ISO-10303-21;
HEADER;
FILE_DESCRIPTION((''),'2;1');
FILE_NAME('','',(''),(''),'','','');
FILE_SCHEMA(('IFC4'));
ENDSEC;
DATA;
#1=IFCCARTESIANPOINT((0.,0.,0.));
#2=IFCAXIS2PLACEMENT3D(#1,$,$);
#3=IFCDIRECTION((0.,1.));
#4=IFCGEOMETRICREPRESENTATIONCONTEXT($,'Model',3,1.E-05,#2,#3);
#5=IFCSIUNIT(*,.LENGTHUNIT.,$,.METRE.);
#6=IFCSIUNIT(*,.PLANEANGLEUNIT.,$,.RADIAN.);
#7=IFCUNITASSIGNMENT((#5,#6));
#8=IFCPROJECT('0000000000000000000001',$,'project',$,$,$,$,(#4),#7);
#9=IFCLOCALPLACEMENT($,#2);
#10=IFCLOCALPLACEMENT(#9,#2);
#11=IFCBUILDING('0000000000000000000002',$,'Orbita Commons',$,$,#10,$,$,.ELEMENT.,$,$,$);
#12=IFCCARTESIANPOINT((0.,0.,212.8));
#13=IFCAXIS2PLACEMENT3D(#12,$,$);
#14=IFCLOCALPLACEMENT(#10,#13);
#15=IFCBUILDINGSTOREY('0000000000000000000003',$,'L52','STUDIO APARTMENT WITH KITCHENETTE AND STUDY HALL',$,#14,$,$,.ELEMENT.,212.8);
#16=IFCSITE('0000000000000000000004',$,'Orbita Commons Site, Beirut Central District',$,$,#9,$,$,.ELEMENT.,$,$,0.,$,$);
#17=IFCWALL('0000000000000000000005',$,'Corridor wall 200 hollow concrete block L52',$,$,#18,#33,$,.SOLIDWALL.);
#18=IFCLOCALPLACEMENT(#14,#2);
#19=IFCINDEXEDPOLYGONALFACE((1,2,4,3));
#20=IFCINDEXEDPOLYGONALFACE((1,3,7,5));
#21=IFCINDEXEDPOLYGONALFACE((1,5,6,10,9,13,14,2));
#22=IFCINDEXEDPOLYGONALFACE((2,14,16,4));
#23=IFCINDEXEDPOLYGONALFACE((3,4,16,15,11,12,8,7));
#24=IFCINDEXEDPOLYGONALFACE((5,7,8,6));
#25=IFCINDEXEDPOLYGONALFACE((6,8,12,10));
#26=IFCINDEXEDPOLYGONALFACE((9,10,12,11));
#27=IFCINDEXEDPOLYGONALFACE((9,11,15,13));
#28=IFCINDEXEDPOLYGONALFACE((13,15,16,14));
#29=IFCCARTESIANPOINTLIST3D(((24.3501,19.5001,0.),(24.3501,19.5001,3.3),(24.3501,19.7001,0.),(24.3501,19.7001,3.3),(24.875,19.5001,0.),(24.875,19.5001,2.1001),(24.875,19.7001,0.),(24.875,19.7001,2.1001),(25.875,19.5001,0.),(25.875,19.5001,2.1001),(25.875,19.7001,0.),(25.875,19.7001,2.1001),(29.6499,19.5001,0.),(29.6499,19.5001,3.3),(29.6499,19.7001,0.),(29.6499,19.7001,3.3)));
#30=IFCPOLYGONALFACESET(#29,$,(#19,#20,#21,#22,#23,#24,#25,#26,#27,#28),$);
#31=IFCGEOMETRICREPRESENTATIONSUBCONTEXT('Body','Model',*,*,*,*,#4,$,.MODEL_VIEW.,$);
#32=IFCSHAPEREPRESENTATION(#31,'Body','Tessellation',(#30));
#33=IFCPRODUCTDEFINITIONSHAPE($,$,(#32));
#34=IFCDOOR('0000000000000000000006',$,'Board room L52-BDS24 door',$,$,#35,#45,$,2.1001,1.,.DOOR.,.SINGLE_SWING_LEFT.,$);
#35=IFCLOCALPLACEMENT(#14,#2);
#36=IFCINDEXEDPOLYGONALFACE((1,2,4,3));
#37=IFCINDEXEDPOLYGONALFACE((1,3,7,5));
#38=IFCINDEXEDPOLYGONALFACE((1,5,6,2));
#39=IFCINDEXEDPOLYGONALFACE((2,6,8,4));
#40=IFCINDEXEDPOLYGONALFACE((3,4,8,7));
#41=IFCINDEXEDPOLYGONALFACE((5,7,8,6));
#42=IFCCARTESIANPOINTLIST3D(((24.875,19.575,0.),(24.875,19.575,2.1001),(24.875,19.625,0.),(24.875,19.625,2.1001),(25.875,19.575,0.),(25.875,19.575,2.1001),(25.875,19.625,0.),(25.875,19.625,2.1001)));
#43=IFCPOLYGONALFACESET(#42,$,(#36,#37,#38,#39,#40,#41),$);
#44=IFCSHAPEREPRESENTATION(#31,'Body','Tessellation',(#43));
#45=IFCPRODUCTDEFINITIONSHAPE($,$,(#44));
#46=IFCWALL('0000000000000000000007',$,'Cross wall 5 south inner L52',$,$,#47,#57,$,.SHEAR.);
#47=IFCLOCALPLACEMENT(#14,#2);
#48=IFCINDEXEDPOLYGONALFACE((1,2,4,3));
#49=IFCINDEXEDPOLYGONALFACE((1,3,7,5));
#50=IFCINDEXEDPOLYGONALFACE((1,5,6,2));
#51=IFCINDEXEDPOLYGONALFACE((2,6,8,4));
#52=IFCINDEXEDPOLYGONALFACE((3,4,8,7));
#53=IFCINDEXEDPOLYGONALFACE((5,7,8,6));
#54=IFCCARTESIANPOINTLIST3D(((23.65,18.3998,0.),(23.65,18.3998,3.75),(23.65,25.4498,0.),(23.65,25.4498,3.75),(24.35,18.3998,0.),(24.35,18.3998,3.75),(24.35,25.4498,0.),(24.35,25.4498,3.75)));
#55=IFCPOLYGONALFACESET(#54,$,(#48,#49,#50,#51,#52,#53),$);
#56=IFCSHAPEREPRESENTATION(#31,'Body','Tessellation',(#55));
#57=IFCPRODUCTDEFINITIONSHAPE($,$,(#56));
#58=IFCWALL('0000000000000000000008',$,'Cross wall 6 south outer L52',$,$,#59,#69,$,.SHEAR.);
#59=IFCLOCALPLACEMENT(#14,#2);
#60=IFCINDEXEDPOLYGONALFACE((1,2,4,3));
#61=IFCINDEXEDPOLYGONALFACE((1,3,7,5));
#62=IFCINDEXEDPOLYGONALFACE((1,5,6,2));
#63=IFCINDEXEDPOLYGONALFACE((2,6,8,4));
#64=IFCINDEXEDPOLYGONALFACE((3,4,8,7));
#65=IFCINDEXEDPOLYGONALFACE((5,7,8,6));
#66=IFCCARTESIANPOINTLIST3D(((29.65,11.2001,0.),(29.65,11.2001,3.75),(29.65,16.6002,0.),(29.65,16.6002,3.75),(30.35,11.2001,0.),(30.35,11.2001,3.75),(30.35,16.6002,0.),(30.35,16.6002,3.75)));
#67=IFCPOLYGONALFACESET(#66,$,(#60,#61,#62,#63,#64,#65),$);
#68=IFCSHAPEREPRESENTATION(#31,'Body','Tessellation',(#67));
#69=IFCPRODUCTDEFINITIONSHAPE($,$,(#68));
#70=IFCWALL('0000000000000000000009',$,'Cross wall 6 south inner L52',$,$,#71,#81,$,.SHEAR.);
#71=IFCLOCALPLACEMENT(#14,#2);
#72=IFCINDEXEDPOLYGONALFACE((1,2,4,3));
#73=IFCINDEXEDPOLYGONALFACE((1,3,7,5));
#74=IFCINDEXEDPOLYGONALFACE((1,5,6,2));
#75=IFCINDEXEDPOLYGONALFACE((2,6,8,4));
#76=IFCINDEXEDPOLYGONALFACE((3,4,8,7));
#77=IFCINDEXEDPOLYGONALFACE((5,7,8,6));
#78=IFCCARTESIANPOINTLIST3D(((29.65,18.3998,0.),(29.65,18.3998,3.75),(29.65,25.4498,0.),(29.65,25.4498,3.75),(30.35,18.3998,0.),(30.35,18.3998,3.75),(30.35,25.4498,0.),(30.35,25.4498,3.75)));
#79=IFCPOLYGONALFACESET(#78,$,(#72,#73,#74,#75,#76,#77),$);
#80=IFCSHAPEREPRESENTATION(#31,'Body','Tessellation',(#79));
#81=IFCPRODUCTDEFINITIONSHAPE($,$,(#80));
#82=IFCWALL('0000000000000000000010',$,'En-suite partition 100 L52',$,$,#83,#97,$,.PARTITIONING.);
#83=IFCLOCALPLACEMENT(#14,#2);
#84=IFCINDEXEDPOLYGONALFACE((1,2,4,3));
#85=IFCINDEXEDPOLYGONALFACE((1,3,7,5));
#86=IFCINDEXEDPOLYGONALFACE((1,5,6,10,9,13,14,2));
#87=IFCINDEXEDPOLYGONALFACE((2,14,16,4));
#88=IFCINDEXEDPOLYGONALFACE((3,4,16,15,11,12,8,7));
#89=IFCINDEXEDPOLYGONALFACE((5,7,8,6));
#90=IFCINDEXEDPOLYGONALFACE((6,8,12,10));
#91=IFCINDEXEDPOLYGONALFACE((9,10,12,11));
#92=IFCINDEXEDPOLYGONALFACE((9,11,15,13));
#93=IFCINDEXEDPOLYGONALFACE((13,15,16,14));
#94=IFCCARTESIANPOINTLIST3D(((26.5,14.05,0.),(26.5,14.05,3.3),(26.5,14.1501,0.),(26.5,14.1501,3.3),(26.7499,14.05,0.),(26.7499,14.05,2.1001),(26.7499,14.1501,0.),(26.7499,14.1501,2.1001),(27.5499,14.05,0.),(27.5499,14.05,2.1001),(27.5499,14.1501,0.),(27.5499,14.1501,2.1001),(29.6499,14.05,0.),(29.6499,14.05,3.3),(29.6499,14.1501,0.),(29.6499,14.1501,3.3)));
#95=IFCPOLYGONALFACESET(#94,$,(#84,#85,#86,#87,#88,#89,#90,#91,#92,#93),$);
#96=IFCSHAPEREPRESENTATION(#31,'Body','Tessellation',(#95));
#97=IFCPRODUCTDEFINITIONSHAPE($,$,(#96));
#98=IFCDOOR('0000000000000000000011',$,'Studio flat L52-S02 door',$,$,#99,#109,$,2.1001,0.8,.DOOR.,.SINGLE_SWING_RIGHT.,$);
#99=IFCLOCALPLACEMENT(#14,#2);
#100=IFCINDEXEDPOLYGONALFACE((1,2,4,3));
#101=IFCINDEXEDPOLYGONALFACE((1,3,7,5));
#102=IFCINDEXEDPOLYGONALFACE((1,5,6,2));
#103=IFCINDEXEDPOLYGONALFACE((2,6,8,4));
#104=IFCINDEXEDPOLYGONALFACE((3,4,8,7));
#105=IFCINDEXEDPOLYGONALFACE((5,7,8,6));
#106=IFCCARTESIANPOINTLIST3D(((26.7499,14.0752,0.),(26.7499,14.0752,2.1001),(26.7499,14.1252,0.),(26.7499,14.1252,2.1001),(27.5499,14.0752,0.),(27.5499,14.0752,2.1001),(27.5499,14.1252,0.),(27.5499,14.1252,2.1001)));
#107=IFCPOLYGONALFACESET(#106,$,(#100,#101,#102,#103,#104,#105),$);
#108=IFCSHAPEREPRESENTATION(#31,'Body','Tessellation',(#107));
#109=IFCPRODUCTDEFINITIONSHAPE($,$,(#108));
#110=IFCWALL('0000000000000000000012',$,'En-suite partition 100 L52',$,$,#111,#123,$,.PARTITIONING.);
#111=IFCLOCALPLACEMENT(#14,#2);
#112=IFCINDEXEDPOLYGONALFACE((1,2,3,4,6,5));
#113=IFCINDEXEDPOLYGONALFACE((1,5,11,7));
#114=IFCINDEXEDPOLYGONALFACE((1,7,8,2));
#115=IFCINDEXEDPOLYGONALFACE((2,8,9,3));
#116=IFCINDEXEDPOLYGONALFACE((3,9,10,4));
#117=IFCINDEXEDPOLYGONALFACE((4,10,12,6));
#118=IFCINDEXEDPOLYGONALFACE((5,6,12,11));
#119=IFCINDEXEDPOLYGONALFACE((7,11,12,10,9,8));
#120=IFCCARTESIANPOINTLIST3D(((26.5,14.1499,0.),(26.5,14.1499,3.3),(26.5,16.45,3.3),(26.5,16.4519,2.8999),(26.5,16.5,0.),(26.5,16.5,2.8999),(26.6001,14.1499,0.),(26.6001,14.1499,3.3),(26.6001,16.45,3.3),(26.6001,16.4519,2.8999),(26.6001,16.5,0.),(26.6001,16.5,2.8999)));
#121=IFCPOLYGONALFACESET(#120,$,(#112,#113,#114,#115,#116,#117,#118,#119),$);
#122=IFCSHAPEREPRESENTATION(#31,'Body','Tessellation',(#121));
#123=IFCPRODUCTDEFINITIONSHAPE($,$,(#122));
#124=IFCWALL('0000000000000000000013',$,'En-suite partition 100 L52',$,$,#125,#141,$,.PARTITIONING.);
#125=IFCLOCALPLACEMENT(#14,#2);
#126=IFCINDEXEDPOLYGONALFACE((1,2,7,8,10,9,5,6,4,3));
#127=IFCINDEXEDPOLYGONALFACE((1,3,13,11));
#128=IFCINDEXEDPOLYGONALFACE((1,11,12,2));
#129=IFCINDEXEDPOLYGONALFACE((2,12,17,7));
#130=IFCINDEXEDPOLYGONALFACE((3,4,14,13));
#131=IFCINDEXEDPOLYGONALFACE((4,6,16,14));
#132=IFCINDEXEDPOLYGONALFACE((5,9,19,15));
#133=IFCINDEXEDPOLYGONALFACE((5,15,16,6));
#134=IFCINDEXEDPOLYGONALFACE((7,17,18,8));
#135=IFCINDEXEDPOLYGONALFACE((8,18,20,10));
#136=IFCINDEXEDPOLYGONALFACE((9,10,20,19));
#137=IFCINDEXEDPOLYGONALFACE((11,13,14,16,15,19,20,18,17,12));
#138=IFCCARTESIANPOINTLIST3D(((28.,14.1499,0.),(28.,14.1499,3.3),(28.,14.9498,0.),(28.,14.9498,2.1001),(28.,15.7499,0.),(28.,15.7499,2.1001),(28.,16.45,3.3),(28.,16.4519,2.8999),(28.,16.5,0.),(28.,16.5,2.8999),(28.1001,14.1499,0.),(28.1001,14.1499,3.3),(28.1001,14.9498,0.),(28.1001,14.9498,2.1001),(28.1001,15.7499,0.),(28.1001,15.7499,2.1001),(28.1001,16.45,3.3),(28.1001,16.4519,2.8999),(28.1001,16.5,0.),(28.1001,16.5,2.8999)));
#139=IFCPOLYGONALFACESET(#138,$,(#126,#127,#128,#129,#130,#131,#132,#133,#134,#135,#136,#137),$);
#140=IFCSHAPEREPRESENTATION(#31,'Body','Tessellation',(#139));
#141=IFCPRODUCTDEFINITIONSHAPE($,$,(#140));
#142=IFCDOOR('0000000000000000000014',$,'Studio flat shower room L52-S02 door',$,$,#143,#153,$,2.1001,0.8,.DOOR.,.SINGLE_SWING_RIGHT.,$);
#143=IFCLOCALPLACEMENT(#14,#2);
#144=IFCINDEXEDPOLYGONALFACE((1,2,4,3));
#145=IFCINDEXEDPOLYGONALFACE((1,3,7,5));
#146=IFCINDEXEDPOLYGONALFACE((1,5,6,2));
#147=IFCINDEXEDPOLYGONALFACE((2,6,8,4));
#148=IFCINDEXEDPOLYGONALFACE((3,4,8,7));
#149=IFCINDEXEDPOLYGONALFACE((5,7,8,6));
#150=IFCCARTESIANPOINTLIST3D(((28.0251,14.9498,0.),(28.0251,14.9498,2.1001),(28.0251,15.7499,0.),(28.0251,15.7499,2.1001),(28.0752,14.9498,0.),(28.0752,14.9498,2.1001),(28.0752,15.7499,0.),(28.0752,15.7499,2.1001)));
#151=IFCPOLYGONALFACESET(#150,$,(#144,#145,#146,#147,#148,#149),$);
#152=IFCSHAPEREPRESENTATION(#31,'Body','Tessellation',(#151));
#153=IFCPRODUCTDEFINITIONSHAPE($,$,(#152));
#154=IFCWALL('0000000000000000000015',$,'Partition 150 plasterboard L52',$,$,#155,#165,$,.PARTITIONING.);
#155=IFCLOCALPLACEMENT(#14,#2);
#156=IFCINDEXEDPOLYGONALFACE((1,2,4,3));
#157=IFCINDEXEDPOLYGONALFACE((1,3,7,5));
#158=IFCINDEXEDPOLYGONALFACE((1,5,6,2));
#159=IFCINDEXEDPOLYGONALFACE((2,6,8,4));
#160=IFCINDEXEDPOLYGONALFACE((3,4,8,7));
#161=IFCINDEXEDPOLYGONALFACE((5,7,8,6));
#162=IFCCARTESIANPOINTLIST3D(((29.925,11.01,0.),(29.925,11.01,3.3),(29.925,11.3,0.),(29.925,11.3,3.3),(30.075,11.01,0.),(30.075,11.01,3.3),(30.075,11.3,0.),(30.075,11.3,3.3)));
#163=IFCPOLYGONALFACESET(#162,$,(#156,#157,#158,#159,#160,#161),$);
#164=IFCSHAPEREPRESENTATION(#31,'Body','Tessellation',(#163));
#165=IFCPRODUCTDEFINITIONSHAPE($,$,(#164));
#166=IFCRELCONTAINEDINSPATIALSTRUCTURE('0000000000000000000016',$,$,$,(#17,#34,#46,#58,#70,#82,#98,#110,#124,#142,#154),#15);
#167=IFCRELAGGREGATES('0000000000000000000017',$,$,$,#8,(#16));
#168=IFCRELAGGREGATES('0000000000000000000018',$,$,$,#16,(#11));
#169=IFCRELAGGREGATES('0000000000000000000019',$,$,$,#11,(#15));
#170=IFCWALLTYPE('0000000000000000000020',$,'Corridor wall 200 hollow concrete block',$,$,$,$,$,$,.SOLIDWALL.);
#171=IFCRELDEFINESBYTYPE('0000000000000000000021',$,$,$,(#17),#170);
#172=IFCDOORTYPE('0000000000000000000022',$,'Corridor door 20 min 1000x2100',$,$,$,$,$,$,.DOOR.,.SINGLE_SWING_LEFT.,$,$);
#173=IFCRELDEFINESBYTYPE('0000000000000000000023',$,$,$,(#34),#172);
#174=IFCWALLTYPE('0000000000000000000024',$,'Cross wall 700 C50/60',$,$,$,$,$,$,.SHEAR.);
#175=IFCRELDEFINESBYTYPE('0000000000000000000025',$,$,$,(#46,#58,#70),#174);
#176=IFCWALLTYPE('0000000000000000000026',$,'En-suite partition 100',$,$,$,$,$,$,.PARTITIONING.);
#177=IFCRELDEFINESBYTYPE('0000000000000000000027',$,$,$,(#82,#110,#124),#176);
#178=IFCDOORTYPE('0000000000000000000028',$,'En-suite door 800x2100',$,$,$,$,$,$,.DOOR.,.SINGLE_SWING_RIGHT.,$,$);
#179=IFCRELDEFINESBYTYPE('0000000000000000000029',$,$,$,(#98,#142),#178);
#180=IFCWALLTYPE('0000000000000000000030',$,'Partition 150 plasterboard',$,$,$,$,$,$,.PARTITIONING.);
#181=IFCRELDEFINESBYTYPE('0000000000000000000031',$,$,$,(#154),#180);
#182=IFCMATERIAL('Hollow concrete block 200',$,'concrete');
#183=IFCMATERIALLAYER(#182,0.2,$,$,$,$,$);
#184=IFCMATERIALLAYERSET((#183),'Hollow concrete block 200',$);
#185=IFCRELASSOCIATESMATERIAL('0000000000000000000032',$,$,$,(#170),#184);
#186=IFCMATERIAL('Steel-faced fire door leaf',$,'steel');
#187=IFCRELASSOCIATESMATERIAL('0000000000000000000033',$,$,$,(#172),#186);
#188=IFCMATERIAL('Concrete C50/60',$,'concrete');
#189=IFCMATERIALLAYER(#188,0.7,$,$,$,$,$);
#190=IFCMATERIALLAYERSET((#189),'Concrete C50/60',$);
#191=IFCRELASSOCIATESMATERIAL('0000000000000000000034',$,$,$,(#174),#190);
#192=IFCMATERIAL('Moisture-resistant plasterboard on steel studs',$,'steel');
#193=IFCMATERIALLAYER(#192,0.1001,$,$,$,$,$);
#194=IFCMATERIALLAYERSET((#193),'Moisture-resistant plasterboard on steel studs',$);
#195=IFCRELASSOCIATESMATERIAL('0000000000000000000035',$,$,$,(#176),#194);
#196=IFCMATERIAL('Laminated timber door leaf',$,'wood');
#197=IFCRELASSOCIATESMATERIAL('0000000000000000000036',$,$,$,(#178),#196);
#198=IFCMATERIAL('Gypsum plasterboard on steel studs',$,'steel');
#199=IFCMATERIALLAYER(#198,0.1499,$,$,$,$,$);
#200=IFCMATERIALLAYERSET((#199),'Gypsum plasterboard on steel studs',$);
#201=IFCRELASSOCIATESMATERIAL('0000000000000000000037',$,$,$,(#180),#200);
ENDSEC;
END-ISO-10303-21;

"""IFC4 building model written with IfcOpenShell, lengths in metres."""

from ifc_helpers import new_model, si_unit, direction, frame, frame_2d, origin, place, context, subcontext, project, spatial, polyline, rectangle, outline, extrude, material, layer, layer_set, type_object, element, fill, save


model = new_model("IFC4")

# Units and contexts
model_context = context("Model", 3, precision=1e-05, world=origin(), true_north=direction((0.0, 1.0)))
body_context = subcontext(model_context, "Body", "Model", "MODEL_VIEW")
ifc_project = project(units=[si_unit("LENGTHUNIT", "METRE"), si_unit("PLANEANGLEUNIT", "RADIAN")], contexts=[model_context])

# Site, building, storey
site_placement = place(None, origin())
site = spatial("IfcSite", under=ifc_project, at=site_placement, Name="Orbita Commons Site, Beirut Central District", CompositionType="ELEMENT", RefElevation=0.0)
building_placement = place(site_placement, origin())
building = spatial("IfcBuilding", under=site, at=building_placement, Name="Orbita Commons", CompositionType="ELEMENT")
storey_placement = place(building_placement, frame((0.0, 0.0, 212.8)))
storey = spatial("IfcBuildingStorey", under=building, at=storey_placement, Name="L52", Description="STUDIO APARTMENT WITH KITCHENETTE AND STUDY HALL", CompositionType="ELEMENT", Elevation=212.8)

# Wall, opening, door
ifc_material_1 = material(Name="Hollow concrete block 200", Category="concrete")
ifc_layer_1 = layer(ifc_material_1, 0.2)
ifc_layer_set_1 = layer_set([ifc_layer_1], Name="Hollow concrete block 200")
wall_type_1 = type_object("IfcWallType", Name="Corridor wall 200 hollow concrete block", PredefinedType="SOLIDWALL", material=ifc_layer_set_1)
ifc_material_2 = material(Name="Steel-faced fire door leaf", Category="steel")
door_type_1 = type_object("IfcDoorType", Name="Corridor door 20 min 1000x2100", OperationType="SINGLE_SWING_LEFT", PredefinedType="DOOR", material=ifc_material_2)
wall_1_placement = place(storey_placement, frame((24.3501, 19.6001, 0.0), z_axis=(0.0, 0.0, 1.0), x_axis=(1.0, 0.0, 0.0)))
wall_1 = element("IfcWall", 1, at=wall_1_placement, inside=storey, type_object=wall_type_1, Name="Corridor wall 200 hollow concrete block L52", PredefinedType="SOLIDWALL", context=body_context, shape_type="SweptSolid", body=[
    extrude(rectangle(XDim=5.2998, YDim=0.2, at=frame_2d((2.6499, 0.0))), origin(), (0.0, 0.0, 1.0), 3.3),
])
opening_1_placement = place(wall_1_placement, frame((0.5249, 0.0, 0.0)))
opening_1 = element("IfcOpeningElement", 2, at=opening_1_placement, cuts=wall_1, PredefinedType="OPENING", context=body_context, shape_type="SweptSolid", body=[
    extrude(rectangle(XDim=1.0, YDim=2.1001, at=frame_2d((0.5, 1.05))), frame((0.0, 0.1099, 0.0), z_axis=(0.0, -1.0, 0.0), x_axis=(1.0, 0.0, 0.0)), (0.0, 0.0, 1.0), 0.22),
])
door_1_placement = place(opening_1_placement, origin())
door_1 = element("IfcDoor", 3, at=door_1_placement, inside=storey, type_object=door_type_1, Name="Board room L52-BDS24 door", OperationType="SINGLE_SWING_LEFT", OverallHeight=2.1001, OverallWidth=1.0, PredefinedType="DOOR", context=body_context, shape_type="SweptSolid", body=[
    extrude(rectangle(XDim=1.0, YDim=2.1001, at=frame_2d((0.5, 1.05))), frame((0.0, 0.0249, 0.0), z_axis=(0.0, -1.0, 0.0), x_axis=(1.0, 0.0, 0.0)), (0.0, 0.0, 1.0), 0.05),
])
fill(opening_1, door_1)

# Walls
ifc_material_3 = material(Name="Concrete C50/60", Category="concrete")
ifc_layer_2 = layer(ifc_material_3, 0.7)
ifc_layer_set_2 = layer_set([ifc_layer_2], Name="Concrete C50/60")
wall_type_2 = type_object("IfcWallType", Name="Cross wall 700 C50/60", PredefinedType="SHEAR", material=ifc_layer_set_2)
wall_2_placement = place(storey_placement, frame((24.0, 18.3999, 0.0), z_axis=(0.0, 0.0, 1.0), x_axis=(0.0, 1.0, 0.0)))
element("IfcWall", 4, at=wall_2_placement, inside=storey, type_object=wall_type_2, Name="Cross wall 5 south inner L52", PredefinedType="SHEAR", context=body_context, shape_type="SweptSolid", body=[
    extrude(rectangle(XDim=7.05, YDim=0.7, at=frame_2d((3.5249, 0.0))), origin(), (0.0, 0.0, 1.0), 3.75),
])
wall_3_placement = place(storey_placement, frame((30.0, 11.2, 0.0), z_axis=(0.0, 0.0, 1.0), x_axis=(0.0, 1.0, 0.0)))
element("IfcWall", 5, at=wall_3_placement, inside=storey, type_object=wall_type_2, Name="Cross wall 6 south outer L52", PredefinedType="SHEAR", context=body_context, shape_type="SweptSolid", body=[
    extrude(rectangle(XDim=5.4001, YDim=0.7, at=frame_2d((2.7002, 0.0))), origin(), (0.0, 0.0, 1.0), 3.75),
])
wall_4_placement = place(storey_placement, frame((30.0, 18.3999, 0.0), z_axis=(0.0, 0.0, 1.0), x_axis=(0.0, 1.0, 0.0)))
element("IfcWall", 6, at=wall_4_placement, inside=storey, type_object=wall_type_2, Name="Cross wall 6 south inner L52", PredefinedType="SHEAR", context=body_context, shape_type="SweptSolid", body=[
    extrude(rectangle(XDim=7.05, YDim=0.7, at=frame_2d((3.5249, 0.0))), origin(), (0.0, 0.0, 1.0), 3.75),
])

# Wall, opening, door
ifc_material_4 = material(Name="Moisture-resistant plasterboard on steel studs", Category="steel")
ifc_layer_3 = layer(ifc_material_4, 0.1001)
ifc_layer_set_3 = layer_set([ifc_layer_3], Name="Moisture-resistant plasterboard on steel studs")
wall_type_3 = type_object("IfcWallType", Name="En-suite partition 100", PredefinedType="PARTITIONING", material=ifc_layer_set_3)
wall_5_placement = place(storey_placement, frame((29.6499, 14.1001, 0.0), z_axis=(0.0, 0.0, 1.0), x_axis=(-1.0, 0.0, 0.0)))
wall_5 = element("IfcWall", 7, at=wall_5_placement, inside=storey, type_object=wall_type_3, Name="En-suite partition 100 L52", PredefinedType="PARTITIONING", context=body_context, shape_type="SweptSolid", body=[
    extrude(rectangle(XDim=3.1499, YDim=0.1001, at=frame_2d((1.575, 0.0))), origin(), (0.0, 0.0, 1.0), 3.3),
])
opening_2_placement = place(wall_5_placement, frame((2.1001, 0.0, 0.0)))
opening_2 = element("IfcOpeningElement", 8, at=opening_2_placement, cuts=wall_5, PredefinedType="OPENING", context=body_context, shape_type="SweptSolid", body=[
    extrude(rectangle(XDim=0.8, YDim=2.1001, at=frame_2d((0.3999, 1.05))), frame((0.0, 0.0601, 0.0), z_axis=(0.0, -1.0, 0.0), x_axis=(1.0, 0.0, 0.0)), (0.0, 0.0, 1.0), 0.1201),
])
ifc_material_5 = material(Name="Laminated timber door leaf", Category="wood")
door_type_2 = type_object("IfcDoorType", Name="En-suite door 800x2100", OperationType="SINGLE_SWING_RIGHT", PredefinedType="DOOR", material=ifc_material_5)
door_2_placement = place(opening_2_placement, origin())
door_2 = element("IfcDoor", 9, at=door_2_placement, inside=storey, type_object=door_type_2, Name="Studio flat L52-S02 door", OperationType="SINGLE_SWING_RIGHT", OverallHeight=2.1001, OverallWidth=0.8, PredefinedType="DOOR", context=body_context, shape_type="SweptSolid", body=[
    extrude(rectangle(XDim=0.8, YDim=2.1001, at=frame_2d((0.3999, 1.05))), frame((0.0, 0.0249, 0.0), z_axis=(0.0, -1.0, 0.0), x_axis=(1.0, 0.0, 0.0)), (0.0, 0.0, 1.0), 0.05),
])
fill(opening_2, door_2)

# Wall
wall_6_placement = place(storey_placement, frame((26.55, 14.1499, 0.0), z_axis=(0.0, 0.0, 1.0), x_axis=(0.0, 1.0, 0.0)))
element("IfcWall", 10, at=wall_6_placement, inside=storey, type_object=wall_type_3, Name="En-suite partition 100 L52", PredefinedType="PARTITIONING", context=body_context, shape_type="SweptSolid", body=[
    extrude(outline(polyline([(0.0, 0.0), (2.3501, 0.0), (2.3501, 2.8999), (2.302, 2.8999), (2.3, 3.3), (0.0, 3.3), (0.0, 0.0)])), frame((0.0, 0.05, 0.0), z_axis=(0.0, -1.0, 0.0), x_axis=(1.0, 0.0, 0.0)), (0.0, 0.0, 1.0), 0.1001),
])

# Wall, opening, door
wall_7_placement = place(storey_placement, frame((28.05, 14.1499, 0.0), z_axis=(0.0, 0.0, 1.0), x_axis=(0.0, 1.0, 0.0)))
wall_7 = element("IfcWall", 11, at=wall_7_placement, inside=storey, type_object=wall_type_3, Name="En-suite partition 100 L52", PredefinedType="PARTITIONING", context=body_context, shape_type="SweptSolid", body=[
    extrude(outline(polyline([(0.0, 0.0), (2.3501, 0.0), (2.3501, 2.8999), (2.302, 2.8999), (2.3, 3.3), (0.0, 3.3), (0.0, 0.0)])), frame((0.0, 0.05, 0.0), z_axis=(0.0, -1.0, 0.0), x_axis=(1.0, 0.0, 0.0)), (0.0, 0.0, 1.0), 0.1001),
])
opening_3_placement = place(wall_7_placement, frame((0.8, 0.0, 0.0)))
opening_3 = element("IfcOpeningElement", 12, at=opening_3_placement, cuts=wall_7, PredefinedType="OPENING", context=body_context, shape_type="SweptSolid", body=[
    extrude(rectangle(XDim=0.8, YDim=2.1001, at=frame_2d((0.3999, 1.05))), frame((0.0, 0.0601, 0.0), z_axis=(0.0, -1.0, 0.0), x_axis=(1.0, 0.0, 0.0)), (0.0, 0.0, 1.0), 0.1201),
])
door_3_placement = place(opening_3_placement, origin())
door_3 = element("IfcDoor", 13, at=door_3_placement, inside=storey, type_object=door_type_2, Name="Studio flat shower room L52-S02 door", OperationType="SINGLE_SWING_RIGHT", OverallHeight=2.1001, OverallWidth=0.8, PredefinedType="DOOR", context=body_context, shape_type="SweptSolid", body=[
    extrude(rectangle(XDim=0.8, YDim=2.1001, at=frame_2d((0.3999, 1.05))), frame((0.0, 0.0249, 0.0), z_axis=(0.0, -1.0, 0.0), x_axis=(1.0, 0.0, 0.0)), (0.0, 0.0, 1.0), 0.05),
])
fill(opening_3, door_3)

# Wall
ifc_material_6 = material(Name="Gypsum plasterboard on steel studs", Category="steel")
ifc_layer_4 = layer(ifc_material_6, 0.1499)
ifc_layer_set_4 = layer_set([ifc_layer_4], Name="Gypsum plasterboard on steel studs")
wall_type_4 = type_object("IfcWallType", Name="Partition 150 plasterboard", PredefinedType="PARTITIONING", material=ifc_layer_set_4)
wall_8_placement = place(storey_placement, frame((30.0, 11.3, 0.0), z_axis=(0.0, 0.0, 1.0), x_axis=(0.0, -1.0, 0.0)))
element("IfcWall", 14, at=wall_8_placement, inside=storey, type_object=wall_type_4, Name="Partition 150 plasterboard L52", PredefinedType="PARTITIONING", context=body_context, shape_type="SweptSolid", body=[
    extrude(rectangle(XDim=0.29, YDim=0.1499, at=frame_2d((0.145, 0.0))), origin(), (0.0, 0.0, 1.0), 3.3),
])

save(model, "model.ifc")
